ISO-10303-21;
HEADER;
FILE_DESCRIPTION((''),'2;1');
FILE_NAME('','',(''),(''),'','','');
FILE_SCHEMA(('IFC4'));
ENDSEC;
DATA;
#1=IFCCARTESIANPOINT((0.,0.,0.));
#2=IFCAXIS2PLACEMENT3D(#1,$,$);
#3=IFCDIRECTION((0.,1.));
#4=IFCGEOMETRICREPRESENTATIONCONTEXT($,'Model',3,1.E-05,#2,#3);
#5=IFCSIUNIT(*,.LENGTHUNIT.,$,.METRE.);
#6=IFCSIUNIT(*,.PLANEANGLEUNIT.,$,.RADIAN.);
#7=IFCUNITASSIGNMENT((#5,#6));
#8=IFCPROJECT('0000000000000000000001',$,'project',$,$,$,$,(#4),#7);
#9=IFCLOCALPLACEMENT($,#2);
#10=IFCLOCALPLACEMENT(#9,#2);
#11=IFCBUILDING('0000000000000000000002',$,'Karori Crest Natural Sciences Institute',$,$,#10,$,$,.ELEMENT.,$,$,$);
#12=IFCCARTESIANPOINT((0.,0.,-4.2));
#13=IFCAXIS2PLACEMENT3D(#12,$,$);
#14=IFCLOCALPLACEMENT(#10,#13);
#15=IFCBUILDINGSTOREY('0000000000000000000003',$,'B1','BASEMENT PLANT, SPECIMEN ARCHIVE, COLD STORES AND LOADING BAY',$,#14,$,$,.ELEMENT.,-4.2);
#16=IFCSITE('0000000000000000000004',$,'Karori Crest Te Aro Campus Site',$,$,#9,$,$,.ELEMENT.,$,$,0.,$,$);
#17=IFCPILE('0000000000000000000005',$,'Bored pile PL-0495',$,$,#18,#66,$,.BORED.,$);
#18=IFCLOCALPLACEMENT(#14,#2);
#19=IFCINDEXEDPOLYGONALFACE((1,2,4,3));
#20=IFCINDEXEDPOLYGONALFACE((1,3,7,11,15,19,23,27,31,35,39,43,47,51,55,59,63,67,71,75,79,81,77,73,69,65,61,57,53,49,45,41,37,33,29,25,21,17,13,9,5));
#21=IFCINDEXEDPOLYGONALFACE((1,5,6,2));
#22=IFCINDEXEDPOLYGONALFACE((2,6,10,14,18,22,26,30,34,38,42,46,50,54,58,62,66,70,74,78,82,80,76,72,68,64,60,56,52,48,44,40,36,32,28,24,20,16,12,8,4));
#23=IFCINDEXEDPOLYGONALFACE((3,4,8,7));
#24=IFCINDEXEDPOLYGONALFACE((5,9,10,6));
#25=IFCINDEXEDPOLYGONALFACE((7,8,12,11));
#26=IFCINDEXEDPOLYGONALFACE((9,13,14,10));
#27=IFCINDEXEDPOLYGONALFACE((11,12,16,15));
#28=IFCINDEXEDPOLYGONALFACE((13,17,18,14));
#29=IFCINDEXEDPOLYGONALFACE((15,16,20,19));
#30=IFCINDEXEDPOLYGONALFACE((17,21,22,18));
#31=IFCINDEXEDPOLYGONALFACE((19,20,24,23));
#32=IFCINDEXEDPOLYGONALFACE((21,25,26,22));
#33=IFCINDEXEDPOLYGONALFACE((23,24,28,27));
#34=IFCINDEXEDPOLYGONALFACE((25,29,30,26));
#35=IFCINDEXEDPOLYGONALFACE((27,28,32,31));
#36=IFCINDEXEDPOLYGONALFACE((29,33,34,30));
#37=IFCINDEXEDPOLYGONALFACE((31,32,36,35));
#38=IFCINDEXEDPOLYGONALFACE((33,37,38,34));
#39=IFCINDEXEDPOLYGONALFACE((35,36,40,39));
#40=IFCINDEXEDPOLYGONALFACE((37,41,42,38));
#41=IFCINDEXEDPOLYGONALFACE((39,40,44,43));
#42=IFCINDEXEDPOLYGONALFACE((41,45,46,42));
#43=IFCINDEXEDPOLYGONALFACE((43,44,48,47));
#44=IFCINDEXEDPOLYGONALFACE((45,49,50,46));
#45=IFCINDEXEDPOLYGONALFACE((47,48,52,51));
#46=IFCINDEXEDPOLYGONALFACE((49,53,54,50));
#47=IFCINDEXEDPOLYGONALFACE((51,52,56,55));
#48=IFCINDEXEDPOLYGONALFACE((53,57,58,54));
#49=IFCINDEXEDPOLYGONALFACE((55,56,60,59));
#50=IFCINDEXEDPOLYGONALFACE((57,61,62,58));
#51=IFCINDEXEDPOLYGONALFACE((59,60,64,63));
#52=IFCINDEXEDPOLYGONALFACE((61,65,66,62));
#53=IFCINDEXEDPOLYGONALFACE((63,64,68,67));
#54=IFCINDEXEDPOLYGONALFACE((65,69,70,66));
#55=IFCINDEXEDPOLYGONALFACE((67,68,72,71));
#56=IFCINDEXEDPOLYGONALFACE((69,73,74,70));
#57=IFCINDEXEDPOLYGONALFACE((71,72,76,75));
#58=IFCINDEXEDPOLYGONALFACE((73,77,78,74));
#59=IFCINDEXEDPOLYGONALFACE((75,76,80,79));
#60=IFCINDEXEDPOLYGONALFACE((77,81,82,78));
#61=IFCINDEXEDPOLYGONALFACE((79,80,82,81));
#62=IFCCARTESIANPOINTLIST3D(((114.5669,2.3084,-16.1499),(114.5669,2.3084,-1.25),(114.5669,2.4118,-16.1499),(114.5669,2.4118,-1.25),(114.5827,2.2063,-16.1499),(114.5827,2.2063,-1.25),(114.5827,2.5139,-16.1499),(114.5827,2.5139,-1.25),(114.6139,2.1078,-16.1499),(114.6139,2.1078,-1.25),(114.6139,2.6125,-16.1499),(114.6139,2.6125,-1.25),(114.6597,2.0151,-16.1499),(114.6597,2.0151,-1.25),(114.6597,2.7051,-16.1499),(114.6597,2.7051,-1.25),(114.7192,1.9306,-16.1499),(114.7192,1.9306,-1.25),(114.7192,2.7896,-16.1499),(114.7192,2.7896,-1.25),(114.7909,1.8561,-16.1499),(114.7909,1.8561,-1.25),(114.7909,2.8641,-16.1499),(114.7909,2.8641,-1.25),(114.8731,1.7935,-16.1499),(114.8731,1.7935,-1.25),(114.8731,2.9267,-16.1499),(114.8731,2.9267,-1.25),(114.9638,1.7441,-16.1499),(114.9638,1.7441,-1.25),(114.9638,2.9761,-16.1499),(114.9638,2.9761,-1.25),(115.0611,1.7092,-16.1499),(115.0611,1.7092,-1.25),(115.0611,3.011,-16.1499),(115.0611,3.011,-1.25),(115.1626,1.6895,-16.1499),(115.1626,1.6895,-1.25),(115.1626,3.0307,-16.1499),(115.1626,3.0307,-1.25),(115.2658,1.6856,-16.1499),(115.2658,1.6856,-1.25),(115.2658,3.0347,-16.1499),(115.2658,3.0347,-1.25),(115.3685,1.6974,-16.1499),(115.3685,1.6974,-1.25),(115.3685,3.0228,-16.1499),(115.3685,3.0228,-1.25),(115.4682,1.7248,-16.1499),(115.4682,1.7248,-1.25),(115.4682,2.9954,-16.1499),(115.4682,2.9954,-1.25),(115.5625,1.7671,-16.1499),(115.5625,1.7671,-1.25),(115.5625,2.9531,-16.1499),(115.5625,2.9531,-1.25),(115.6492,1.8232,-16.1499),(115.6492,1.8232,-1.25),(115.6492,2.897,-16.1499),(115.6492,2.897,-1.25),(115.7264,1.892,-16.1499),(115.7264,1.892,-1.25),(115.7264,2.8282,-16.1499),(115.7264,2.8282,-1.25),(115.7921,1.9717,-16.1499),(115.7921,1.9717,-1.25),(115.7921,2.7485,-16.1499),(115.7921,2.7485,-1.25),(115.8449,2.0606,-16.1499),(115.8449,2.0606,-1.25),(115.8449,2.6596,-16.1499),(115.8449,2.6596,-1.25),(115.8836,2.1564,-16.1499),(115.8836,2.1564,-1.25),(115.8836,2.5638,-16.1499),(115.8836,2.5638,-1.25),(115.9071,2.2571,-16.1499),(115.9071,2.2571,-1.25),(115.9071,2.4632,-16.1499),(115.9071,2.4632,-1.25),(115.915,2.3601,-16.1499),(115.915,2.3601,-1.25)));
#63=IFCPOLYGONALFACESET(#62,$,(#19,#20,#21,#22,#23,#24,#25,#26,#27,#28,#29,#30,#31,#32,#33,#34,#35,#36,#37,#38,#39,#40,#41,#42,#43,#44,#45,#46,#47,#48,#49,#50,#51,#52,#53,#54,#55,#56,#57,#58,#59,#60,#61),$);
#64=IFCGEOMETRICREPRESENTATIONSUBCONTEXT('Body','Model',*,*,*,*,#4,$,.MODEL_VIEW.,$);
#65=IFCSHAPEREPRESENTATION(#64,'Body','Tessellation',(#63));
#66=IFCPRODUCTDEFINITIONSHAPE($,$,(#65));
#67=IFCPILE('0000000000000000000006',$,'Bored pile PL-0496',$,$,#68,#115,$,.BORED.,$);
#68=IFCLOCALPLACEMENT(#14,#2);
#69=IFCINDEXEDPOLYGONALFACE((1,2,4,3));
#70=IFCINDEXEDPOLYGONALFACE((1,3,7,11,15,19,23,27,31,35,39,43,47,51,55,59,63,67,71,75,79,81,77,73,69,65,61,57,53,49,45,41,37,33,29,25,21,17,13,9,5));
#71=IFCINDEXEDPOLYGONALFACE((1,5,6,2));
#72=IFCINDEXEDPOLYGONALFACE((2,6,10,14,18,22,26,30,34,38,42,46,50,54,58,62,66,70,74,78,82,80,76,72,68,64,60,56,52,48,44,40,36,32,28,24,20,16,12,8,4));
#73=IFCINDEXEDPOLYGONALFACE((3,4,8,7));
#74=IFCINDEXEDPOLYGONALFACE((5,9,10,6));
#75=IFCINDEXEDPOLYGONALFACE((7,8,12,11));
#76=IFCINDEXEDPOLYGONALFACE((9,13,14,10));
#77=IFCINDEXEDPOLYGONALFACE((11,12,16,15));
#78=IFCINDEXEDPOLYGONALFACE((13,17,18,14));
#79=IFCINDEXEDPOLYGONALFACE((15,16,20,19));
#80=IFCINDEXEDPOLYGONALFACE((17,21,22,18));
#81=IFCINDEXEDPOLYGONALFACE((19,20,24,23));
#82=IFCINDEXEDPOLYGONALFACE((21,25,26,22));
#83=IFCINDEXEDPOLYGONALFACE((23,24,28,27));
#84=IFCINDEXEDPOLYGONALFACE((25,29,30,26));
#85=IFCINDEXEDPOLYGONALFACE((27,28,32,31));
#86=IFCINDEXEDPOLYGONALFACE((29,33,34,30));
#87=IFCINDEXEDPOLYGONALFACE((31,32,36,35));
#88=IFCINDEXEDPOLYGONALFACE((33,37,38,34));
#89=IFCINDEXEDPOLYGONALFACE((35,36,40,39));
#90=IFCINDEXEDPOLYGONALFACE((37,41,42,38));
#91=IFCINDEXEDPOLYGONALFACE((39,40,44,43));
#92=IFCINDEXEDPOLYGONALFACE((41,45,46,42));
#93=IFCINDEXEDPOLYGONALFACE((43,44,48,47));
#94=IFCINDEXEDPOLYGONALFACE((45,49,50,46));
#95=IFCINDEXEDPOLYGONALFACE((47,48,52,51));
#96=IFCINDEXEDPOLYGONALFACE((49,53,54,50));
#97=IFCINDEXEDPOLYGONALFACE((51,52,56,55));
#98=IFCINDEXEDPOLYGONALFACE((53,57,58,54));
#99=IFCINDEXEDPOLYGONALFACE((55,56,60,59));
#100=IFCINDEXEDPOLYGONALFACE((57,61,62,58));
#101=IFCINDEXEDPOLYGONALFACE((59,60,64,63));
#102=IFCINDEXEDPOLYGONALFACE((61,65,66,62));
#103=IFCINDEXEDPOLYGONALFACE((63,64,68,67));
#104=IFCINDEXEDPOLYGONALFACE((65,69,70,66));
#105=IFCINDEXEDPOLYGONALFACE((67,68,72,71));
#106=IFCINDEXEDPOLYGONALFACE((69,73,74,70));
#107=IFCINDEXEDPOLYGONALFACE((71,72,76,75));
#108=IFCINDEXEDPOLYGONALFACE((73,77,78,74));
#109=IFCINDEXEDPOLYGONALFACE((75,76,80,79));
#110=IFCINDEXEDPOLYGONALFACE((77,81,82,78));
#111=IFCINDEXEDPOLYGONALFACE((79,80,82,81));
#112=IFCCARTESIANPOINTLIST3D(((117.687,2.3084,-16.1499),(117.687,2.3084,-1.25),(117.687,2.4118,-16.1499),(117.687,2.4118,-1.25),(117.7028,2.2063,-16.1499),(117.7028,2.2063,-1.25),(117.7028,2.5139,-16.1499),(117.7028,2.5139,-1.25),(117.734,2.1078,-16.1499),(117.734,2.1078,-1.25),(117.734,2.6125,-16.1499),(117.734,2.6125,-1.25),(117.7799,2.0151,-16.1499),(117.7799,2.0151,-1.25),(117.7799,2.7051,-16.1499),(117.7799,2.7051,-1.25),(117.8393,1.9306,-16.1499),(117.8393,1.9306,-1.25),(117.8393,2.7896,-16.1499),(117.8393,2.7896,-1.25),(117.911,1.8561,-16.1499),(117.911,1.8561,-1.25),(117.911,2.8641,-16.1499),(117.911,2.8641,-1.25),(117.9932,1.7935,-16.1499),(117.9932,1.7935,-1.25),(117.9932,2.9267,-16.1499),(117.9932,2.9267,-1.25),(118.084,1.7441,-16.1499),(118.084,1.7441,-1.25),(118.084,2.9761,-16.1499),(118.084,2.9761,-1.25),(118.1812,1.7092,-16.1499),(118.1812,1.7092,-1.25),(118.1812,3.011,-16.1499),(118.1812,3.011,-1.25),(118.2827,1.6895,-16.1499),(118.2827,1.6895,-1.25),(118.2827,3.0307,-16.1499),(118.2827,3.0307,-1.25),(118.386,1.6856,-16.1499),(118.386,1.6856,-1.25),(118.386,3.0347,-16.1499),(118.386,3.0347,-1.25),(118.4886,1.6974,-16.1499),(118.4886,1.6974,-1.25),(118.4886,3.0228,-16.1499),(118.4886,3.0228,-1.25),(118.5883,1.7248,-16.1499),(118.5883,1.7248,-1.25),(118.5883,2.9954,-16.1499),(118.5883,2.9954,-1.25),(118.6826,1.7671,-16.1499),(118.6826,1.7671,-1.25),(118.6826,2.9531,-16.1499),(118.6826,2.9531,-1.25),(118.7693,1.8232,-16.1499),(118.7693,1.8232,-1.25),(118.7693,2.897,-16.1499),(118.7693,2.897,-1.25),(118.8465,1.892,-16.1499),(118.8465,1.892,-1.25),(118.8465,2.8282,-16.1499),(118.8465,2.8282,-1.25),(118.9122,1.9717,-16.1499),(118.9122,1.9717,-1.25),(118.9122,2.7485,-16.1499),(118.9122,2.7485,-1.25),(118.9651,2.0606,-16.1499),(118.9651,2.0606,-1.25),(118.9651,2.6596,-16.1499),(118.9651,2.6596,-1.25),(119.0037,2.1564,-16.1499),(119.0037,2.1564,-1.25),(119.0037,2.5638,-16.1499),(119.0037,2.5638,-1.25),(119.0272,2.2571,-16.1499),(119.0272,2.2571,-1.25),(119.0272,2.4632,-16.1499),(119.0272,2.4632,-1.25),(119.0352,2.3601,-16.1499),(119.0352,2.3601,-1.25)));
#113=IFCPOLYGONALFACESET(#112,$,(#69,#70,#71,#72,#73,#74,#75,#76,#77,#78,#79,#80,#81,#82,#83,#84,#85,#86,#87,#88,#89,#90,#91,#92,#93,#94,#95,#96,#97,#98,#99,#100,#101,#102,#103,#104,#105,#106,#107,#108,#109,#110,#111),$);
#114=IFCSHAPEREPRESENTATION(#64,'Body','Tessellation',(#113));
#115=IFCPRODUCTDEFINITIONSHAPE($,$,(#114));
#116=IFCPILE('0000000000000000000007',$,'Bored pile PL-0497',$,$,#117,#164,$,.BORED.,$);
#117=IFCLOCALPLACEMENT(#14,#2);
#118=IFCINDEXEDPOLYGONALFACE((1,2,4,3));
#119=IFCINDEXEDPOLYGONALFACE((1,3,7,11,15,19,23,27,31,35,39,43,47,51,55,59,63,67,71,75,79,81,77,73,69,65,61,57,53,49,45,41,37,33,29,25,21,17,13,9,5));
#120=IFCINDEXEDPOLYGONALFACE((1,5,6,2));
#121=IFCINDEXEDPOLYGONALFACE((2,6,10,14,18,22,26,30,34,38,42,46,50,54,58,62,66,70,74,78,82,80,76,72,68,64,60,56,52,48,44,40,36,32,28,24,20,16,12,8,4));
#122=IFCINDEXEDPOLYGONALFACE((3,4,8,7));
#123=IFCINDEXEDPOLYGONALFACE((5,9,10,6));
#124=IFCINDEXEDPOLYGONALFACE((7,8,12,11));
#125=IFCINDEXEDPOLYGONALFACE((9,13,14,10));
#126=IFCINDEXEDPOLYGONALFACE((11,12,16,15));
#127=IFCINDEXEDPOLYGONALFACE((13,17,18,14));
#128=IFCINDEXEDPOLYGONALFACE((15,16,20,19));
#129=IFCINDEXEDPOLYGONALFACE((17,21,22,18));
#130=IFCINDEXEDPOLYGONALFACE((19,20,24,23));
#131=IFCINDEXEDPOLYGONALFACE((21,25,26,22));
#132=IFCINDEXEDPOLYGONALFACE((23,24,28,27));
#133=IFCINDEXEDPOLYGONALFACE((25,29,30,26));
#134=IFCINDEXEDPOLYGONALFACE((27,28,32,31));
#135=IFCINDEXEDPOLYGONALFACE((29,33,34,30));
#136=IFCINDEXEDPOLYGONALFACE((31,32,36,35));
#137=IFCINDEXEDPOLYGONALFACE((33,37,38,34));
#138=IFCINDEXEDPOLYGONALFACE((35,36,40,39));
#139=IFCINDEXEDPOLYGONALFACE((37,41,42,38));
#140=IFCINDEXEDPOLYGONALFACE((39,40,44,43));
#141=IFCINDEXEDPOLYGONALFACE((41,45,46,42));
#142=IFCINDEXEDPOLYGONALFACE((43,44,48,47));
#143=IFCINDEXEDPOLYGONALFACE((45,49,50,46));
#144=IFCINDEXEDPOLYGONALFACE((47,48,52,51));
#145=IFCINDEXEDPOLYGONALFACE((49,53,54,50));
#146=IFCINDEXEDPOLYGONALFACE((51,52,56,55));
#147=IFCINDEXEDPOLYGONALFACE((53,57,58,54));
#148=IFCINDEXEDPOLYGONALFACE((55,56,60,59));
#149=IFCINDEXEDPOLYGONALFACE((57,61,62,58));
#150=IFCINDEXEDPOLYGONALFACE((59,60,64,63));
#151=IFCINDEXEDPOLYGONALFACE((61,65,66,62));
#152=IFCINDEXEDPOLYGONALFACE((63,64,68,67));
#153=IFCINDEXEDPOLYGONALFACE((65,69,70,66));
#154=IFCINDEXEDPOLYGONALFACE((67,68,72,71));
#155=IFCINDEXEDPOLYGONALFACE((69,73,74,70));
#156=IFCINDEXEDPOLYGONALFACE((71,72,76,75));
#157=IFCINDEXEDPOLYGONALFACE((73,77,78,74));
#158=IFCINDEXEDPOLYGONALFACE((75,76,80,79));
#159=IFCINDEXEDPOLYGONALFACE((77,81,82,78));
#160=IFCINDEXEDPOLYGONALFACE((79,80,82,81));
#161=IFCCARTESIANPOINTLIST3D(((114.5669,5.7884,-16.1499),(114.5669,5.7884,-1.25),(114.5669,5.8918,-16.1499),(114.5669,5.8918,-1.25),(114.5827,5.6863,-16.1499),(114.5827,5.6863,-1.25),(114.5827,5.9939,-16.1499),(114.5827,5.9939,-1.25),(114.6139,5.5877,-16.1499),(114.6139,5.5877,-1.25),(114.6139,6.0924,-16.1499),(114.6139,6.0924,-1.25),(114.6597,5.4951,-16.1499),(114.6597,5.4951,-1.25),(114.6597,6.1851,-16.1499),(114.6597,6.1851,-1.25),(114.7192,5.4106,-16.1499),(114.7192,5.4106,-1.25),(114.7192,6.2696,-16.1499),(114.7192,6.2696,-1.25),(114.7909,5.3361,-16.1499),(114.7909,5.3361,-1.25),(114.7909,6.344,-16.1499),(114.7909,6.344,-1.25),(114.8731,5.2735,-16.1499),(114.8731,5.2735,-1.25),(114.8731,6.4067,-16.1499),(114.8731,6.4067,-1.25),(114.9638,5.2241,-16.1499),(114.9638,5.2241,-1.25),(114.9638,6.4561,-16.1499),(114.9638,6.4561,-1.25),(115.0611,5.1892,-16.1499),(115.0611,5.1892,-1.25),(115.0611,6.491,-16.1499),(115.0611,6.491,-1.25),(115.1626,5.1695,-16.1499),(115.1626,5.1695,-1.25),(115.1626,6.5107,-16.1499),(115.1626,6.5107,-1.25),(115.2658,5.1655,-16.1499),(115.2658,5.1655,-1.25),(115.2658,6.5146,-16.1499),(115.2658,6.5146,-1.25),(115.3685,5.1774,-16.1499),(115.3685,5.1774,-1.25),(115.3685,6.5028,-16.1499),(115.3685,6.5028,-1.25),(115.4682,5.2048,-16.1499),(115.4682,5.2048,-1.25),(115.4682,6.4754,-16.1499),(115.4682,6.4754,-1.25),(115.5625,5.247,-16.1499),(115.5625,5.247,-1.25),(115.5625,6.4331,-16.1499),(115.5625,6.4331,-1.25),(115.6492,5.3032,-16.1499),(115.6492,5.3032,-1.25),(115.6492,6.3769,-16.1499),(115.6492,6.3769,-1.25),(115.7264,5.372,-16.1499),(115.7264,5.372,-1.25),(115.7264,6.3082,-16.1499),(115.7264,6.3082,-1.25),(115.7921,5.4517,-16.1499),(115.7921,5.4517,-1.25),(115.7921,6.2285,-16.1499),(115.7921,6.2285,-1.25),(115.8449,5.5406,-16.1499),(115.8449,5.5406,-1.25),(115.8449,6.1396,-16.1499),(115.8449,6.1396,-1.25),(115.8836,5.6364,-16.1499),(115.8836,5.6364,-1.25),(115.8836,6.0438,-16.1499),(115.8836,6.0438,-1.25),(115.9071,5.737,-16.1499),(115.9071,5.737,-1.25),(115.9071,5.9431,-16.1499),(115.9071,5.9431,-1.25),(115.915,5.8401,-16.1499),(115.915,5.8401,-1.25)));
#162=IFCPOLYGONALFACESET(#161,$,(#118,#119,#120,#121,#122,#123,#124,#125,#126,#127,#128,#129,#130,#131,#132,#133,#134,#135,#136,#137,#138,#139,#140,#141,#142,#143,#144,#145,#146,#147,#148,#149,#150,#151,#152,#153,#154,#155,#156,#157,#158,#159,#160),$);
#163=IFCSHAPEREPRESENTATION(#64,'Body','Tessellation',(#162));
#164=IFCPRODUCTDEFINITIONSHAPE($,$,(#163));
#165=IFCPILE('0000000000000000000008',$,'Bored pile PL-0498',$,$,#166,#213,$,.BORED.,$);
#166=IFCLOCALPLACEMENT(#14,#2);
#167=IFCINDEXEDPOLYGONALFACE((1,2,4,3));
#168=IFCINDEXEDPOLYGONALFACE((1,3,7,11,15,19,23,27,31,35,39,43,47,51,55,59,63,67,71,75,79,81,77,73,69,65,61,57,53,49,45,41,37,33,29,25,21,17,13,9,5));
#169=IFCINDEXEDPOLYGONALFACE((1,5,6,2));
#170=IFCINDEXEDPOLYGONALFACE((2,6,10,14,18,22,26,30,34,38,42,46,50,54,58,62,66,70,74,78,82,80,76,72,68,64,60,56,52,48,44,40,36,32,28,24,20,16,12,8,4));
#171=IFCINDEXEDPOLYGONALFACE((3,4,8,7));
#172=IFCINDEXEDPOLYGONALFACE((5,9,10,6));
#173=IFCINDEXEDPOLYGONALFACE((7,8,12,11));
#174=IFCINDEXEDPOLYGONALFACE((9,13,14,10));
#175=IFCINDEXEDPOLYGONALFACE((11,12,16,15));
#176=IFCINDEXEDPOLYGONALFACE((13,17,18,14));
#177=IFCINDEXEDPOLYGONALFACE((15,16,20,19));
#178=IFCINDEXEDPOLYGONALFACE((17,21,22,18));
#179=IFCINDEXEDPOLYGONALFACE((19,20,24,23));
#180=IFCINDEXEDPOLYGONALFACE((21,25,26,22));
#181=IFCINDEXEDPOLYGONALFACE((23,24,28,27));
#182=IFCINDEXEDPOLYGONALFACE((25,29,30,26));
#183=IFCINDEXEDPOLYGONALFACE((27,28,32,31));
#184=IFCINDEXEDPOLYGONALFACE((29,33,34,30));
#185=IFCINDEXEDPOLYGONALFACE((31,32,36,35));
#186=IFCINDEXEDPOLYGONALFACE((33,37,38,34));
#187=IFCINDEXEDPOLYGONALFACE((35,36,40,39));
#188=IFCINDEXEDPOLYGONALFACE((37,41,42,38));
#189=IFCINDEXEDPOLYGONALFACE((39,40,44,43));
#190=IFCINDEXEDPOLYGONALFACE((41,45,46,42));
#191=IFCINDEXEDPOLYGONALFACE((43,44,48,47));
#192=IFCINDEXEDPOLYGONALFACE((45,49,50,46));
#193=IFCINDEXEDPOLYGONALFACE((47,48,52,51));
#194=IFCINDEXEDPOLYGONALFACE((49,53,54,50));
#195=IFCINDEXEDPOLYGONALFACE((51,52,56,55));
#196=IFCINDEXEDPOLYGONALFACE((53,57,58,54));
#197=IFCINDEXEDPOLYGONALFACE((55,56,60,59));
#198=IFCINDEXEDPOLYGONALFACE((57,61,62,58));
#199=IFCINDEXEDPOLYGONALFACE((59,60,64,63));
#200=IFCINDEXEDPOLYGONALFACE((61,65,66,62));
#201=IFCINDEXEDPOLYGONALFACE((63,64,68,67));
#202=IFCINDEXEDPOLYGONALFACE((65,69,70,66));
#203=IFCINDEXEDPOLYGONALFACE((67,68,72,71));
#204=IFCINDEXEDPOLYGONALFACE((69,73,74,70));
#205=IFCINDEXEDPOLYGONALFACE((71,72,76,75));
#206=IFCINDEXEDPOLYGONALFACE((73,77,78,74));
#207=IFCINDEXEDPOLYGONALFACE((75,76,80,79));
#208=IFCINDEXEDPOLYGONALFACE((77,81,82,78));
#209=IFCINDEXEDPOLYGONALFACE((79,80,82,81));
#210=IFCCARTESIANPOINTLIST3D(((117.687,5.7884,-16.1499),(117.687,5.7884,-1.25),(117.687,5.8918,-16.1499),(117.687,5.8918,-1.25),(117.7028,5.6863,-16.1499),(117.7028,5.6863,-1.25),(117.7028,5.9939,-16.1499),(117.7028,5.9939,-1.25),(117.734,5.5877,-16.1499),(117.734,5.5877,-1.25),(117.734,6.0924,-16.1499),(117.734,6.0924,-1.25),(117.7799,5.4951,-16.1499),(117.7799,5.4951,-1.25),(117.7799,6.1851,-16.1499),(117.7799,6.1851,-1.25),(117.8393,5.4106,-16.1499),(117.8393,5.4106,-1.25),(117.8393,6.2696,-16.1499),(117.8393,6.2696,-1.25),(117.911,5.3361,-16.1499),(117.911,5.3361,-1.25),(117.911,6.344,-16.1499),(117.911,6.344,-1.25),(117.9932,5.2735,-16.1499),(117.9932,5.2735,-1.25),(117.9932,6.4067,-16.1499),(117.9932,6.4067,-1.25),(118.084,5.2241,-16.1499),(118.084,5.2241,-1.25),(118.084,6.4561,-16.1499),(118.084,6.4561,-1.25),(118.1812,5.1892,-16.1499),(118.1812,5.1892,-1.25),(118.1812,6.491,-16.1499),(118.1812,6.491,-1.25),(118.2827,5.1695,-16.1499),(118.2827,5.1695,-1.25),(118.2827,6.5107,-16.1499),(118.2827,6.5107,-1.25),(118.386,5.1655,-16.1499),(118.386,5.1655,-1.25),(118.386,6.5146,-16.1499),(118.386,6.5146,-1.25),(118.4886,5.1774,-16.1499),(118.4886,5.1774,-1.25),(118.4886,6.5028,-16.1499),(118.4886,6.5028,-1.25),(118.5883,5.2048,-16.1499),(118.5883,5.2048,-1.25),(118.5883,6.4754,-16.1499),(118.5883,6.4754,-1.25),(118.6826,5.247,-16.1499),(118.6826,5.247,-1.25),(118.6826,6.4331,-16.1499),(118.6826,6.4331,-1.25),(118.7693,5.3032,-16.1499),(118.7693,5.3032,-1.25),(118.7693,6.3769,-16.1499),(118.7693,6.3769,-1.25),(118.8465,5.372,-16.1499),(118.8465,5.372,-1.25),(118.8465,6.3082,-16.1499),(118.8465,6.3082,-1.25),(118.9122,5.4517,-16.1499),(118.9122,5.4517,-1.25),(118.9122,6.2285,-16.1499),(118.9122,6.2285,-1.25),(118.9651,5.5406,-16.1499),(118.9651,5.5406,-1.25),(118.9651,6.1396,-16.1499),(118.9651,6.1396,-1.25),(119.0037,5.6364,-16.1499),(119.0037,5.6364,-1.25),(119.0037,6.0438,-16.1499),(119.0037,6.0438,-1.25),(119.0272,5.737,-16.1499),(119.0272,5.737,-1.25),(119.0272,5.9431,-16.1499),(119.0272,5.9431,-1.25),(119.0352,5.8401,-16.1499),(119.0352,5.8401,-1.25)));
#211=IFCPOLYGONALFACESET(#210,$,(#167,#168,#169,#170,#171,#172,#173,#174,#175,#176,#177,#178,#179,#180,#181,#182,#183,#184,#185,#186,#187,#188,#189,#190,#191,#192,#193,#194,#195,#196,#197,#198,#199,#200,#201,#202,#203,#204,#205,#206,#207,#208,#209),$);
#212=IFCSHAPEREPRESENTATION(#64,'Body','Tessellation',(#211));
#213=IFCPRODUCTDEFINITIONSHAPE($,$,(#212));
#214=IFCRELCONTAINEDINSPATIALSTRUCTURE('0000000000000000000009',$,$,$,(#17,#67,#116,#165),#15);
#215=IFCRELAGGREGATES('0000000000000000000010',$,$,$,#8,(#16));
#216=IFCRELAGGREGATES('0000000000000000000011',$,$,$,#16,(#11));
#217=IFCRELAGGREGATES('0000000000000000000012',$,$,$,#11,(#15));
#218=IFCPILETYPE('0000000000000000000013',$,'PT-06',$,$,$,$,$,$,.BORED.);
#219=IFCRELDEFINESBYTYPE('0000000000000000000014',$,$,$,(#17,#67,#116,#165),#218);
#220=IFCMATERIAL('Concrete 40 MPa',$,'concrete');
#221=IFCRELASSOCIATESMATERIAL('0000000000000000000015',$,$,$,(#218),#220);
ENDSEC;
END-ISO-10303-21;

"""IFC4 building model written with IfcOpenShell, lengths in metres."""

from ifc_helpers import new_model, si_unit, direction, frame, origin, origin_2d, place, context, subcontext, project, spatial, circle, extrude, material, material_profile, profile_set, type_object, element, save


model = new_model("IFC4")

# Units and contexts
model_context = context("Model", 3, precision=1e-05, world=origin(), true_north=direction((0.0, 1.0)))
body_context = subcontext(model_context, "Body", "Model", "MODEL_VIEW")
ifc_project = project(units=[si_unit("LENGTHUNIT", "METRE"), si_unit("PLANEANGLEUNIT", "RADIAN")], contexts=[model_context])

# Site, building, storey
site_placement = place(None, origin())
site = spatial("IfcSite", under=ifc_project, at=site_placement, Name="Karori Crest Te Aro Campus Site", CompositionType="ELEMENT", RefElevation=0.0)
building_placement = place(site_placement, origin())
building = spatial("IfcBuilding", under=site, at=building_placement, Name="Karori Crest Natural Sciences Institute", CompositionType="ELEMENT")
storey_placement = place(building_placement, frame((0.0, 0.0, -4.2)))
storey = spatial("IfcBuildingStorey", under=building, at=storey_placement, Name="B1", Description="BASEMENT PLANT, SPECIMEN ARCHIVE, COLD STORES AND LOADING BAY", CompositionType="ELEMENT", Elevation=-4.2)

# Shared definitions
ifc_material_1 = material(Name="Concrete 40 MPa", Category="concrete")

# Piles
ifc_material_profile_1 = material_profile(ifc_material_1, circle(Radius=0.675, at=origin_2d()), Name="PILE1350")
ifc_profile_set_1 = profile_set([ifc_material_profile_1], Name="Concrete 40 MPa")
pile_type = type_object("IfcPileType", Name="PT-06", PredefinedType="BORED", material=ifc_profile_set_1)
for number, where, z_axis, x_axis, name in (
    (1, (115.24, 2.3601, -1.25), (0.0, 0.0, -1.0), (1.0, 0.0, 0.0), "Bored pile PL-0495"),
    (2, (118.3601, 2.3601, -1.25), (0.0, 0.0, -1.0), (1.0, 0.0, 0.0), "Bored pile PL-0496"),
    (3, (115.24, 5.8401, -1.25), (0.0, 0.0, -1.0), (1.0, 0.0, 0.0), "Bored pile PL-0497"),
    (4, (118.3601, 5.8401, -1.25), (0.0, 0.0, -1.0), (1.0, 0.0, 0.0), "Bored pile PL-0498"),
):
    element("IfcPile", number, at=place(storey_placement, frame(where, z_axis=z_axis, x_axis=x_axis)), inside=storey, type_object=pile_type, Name=name, PredefinedType="BORED", context=body_context, shape_type="SweptSolid", body=[
        extrude(circle(Radius=0.675, at=origin_2d()), origin(), (0.0, 0.0, 1.0), 14.8999),
    ])

save(model, "model.ifc")
